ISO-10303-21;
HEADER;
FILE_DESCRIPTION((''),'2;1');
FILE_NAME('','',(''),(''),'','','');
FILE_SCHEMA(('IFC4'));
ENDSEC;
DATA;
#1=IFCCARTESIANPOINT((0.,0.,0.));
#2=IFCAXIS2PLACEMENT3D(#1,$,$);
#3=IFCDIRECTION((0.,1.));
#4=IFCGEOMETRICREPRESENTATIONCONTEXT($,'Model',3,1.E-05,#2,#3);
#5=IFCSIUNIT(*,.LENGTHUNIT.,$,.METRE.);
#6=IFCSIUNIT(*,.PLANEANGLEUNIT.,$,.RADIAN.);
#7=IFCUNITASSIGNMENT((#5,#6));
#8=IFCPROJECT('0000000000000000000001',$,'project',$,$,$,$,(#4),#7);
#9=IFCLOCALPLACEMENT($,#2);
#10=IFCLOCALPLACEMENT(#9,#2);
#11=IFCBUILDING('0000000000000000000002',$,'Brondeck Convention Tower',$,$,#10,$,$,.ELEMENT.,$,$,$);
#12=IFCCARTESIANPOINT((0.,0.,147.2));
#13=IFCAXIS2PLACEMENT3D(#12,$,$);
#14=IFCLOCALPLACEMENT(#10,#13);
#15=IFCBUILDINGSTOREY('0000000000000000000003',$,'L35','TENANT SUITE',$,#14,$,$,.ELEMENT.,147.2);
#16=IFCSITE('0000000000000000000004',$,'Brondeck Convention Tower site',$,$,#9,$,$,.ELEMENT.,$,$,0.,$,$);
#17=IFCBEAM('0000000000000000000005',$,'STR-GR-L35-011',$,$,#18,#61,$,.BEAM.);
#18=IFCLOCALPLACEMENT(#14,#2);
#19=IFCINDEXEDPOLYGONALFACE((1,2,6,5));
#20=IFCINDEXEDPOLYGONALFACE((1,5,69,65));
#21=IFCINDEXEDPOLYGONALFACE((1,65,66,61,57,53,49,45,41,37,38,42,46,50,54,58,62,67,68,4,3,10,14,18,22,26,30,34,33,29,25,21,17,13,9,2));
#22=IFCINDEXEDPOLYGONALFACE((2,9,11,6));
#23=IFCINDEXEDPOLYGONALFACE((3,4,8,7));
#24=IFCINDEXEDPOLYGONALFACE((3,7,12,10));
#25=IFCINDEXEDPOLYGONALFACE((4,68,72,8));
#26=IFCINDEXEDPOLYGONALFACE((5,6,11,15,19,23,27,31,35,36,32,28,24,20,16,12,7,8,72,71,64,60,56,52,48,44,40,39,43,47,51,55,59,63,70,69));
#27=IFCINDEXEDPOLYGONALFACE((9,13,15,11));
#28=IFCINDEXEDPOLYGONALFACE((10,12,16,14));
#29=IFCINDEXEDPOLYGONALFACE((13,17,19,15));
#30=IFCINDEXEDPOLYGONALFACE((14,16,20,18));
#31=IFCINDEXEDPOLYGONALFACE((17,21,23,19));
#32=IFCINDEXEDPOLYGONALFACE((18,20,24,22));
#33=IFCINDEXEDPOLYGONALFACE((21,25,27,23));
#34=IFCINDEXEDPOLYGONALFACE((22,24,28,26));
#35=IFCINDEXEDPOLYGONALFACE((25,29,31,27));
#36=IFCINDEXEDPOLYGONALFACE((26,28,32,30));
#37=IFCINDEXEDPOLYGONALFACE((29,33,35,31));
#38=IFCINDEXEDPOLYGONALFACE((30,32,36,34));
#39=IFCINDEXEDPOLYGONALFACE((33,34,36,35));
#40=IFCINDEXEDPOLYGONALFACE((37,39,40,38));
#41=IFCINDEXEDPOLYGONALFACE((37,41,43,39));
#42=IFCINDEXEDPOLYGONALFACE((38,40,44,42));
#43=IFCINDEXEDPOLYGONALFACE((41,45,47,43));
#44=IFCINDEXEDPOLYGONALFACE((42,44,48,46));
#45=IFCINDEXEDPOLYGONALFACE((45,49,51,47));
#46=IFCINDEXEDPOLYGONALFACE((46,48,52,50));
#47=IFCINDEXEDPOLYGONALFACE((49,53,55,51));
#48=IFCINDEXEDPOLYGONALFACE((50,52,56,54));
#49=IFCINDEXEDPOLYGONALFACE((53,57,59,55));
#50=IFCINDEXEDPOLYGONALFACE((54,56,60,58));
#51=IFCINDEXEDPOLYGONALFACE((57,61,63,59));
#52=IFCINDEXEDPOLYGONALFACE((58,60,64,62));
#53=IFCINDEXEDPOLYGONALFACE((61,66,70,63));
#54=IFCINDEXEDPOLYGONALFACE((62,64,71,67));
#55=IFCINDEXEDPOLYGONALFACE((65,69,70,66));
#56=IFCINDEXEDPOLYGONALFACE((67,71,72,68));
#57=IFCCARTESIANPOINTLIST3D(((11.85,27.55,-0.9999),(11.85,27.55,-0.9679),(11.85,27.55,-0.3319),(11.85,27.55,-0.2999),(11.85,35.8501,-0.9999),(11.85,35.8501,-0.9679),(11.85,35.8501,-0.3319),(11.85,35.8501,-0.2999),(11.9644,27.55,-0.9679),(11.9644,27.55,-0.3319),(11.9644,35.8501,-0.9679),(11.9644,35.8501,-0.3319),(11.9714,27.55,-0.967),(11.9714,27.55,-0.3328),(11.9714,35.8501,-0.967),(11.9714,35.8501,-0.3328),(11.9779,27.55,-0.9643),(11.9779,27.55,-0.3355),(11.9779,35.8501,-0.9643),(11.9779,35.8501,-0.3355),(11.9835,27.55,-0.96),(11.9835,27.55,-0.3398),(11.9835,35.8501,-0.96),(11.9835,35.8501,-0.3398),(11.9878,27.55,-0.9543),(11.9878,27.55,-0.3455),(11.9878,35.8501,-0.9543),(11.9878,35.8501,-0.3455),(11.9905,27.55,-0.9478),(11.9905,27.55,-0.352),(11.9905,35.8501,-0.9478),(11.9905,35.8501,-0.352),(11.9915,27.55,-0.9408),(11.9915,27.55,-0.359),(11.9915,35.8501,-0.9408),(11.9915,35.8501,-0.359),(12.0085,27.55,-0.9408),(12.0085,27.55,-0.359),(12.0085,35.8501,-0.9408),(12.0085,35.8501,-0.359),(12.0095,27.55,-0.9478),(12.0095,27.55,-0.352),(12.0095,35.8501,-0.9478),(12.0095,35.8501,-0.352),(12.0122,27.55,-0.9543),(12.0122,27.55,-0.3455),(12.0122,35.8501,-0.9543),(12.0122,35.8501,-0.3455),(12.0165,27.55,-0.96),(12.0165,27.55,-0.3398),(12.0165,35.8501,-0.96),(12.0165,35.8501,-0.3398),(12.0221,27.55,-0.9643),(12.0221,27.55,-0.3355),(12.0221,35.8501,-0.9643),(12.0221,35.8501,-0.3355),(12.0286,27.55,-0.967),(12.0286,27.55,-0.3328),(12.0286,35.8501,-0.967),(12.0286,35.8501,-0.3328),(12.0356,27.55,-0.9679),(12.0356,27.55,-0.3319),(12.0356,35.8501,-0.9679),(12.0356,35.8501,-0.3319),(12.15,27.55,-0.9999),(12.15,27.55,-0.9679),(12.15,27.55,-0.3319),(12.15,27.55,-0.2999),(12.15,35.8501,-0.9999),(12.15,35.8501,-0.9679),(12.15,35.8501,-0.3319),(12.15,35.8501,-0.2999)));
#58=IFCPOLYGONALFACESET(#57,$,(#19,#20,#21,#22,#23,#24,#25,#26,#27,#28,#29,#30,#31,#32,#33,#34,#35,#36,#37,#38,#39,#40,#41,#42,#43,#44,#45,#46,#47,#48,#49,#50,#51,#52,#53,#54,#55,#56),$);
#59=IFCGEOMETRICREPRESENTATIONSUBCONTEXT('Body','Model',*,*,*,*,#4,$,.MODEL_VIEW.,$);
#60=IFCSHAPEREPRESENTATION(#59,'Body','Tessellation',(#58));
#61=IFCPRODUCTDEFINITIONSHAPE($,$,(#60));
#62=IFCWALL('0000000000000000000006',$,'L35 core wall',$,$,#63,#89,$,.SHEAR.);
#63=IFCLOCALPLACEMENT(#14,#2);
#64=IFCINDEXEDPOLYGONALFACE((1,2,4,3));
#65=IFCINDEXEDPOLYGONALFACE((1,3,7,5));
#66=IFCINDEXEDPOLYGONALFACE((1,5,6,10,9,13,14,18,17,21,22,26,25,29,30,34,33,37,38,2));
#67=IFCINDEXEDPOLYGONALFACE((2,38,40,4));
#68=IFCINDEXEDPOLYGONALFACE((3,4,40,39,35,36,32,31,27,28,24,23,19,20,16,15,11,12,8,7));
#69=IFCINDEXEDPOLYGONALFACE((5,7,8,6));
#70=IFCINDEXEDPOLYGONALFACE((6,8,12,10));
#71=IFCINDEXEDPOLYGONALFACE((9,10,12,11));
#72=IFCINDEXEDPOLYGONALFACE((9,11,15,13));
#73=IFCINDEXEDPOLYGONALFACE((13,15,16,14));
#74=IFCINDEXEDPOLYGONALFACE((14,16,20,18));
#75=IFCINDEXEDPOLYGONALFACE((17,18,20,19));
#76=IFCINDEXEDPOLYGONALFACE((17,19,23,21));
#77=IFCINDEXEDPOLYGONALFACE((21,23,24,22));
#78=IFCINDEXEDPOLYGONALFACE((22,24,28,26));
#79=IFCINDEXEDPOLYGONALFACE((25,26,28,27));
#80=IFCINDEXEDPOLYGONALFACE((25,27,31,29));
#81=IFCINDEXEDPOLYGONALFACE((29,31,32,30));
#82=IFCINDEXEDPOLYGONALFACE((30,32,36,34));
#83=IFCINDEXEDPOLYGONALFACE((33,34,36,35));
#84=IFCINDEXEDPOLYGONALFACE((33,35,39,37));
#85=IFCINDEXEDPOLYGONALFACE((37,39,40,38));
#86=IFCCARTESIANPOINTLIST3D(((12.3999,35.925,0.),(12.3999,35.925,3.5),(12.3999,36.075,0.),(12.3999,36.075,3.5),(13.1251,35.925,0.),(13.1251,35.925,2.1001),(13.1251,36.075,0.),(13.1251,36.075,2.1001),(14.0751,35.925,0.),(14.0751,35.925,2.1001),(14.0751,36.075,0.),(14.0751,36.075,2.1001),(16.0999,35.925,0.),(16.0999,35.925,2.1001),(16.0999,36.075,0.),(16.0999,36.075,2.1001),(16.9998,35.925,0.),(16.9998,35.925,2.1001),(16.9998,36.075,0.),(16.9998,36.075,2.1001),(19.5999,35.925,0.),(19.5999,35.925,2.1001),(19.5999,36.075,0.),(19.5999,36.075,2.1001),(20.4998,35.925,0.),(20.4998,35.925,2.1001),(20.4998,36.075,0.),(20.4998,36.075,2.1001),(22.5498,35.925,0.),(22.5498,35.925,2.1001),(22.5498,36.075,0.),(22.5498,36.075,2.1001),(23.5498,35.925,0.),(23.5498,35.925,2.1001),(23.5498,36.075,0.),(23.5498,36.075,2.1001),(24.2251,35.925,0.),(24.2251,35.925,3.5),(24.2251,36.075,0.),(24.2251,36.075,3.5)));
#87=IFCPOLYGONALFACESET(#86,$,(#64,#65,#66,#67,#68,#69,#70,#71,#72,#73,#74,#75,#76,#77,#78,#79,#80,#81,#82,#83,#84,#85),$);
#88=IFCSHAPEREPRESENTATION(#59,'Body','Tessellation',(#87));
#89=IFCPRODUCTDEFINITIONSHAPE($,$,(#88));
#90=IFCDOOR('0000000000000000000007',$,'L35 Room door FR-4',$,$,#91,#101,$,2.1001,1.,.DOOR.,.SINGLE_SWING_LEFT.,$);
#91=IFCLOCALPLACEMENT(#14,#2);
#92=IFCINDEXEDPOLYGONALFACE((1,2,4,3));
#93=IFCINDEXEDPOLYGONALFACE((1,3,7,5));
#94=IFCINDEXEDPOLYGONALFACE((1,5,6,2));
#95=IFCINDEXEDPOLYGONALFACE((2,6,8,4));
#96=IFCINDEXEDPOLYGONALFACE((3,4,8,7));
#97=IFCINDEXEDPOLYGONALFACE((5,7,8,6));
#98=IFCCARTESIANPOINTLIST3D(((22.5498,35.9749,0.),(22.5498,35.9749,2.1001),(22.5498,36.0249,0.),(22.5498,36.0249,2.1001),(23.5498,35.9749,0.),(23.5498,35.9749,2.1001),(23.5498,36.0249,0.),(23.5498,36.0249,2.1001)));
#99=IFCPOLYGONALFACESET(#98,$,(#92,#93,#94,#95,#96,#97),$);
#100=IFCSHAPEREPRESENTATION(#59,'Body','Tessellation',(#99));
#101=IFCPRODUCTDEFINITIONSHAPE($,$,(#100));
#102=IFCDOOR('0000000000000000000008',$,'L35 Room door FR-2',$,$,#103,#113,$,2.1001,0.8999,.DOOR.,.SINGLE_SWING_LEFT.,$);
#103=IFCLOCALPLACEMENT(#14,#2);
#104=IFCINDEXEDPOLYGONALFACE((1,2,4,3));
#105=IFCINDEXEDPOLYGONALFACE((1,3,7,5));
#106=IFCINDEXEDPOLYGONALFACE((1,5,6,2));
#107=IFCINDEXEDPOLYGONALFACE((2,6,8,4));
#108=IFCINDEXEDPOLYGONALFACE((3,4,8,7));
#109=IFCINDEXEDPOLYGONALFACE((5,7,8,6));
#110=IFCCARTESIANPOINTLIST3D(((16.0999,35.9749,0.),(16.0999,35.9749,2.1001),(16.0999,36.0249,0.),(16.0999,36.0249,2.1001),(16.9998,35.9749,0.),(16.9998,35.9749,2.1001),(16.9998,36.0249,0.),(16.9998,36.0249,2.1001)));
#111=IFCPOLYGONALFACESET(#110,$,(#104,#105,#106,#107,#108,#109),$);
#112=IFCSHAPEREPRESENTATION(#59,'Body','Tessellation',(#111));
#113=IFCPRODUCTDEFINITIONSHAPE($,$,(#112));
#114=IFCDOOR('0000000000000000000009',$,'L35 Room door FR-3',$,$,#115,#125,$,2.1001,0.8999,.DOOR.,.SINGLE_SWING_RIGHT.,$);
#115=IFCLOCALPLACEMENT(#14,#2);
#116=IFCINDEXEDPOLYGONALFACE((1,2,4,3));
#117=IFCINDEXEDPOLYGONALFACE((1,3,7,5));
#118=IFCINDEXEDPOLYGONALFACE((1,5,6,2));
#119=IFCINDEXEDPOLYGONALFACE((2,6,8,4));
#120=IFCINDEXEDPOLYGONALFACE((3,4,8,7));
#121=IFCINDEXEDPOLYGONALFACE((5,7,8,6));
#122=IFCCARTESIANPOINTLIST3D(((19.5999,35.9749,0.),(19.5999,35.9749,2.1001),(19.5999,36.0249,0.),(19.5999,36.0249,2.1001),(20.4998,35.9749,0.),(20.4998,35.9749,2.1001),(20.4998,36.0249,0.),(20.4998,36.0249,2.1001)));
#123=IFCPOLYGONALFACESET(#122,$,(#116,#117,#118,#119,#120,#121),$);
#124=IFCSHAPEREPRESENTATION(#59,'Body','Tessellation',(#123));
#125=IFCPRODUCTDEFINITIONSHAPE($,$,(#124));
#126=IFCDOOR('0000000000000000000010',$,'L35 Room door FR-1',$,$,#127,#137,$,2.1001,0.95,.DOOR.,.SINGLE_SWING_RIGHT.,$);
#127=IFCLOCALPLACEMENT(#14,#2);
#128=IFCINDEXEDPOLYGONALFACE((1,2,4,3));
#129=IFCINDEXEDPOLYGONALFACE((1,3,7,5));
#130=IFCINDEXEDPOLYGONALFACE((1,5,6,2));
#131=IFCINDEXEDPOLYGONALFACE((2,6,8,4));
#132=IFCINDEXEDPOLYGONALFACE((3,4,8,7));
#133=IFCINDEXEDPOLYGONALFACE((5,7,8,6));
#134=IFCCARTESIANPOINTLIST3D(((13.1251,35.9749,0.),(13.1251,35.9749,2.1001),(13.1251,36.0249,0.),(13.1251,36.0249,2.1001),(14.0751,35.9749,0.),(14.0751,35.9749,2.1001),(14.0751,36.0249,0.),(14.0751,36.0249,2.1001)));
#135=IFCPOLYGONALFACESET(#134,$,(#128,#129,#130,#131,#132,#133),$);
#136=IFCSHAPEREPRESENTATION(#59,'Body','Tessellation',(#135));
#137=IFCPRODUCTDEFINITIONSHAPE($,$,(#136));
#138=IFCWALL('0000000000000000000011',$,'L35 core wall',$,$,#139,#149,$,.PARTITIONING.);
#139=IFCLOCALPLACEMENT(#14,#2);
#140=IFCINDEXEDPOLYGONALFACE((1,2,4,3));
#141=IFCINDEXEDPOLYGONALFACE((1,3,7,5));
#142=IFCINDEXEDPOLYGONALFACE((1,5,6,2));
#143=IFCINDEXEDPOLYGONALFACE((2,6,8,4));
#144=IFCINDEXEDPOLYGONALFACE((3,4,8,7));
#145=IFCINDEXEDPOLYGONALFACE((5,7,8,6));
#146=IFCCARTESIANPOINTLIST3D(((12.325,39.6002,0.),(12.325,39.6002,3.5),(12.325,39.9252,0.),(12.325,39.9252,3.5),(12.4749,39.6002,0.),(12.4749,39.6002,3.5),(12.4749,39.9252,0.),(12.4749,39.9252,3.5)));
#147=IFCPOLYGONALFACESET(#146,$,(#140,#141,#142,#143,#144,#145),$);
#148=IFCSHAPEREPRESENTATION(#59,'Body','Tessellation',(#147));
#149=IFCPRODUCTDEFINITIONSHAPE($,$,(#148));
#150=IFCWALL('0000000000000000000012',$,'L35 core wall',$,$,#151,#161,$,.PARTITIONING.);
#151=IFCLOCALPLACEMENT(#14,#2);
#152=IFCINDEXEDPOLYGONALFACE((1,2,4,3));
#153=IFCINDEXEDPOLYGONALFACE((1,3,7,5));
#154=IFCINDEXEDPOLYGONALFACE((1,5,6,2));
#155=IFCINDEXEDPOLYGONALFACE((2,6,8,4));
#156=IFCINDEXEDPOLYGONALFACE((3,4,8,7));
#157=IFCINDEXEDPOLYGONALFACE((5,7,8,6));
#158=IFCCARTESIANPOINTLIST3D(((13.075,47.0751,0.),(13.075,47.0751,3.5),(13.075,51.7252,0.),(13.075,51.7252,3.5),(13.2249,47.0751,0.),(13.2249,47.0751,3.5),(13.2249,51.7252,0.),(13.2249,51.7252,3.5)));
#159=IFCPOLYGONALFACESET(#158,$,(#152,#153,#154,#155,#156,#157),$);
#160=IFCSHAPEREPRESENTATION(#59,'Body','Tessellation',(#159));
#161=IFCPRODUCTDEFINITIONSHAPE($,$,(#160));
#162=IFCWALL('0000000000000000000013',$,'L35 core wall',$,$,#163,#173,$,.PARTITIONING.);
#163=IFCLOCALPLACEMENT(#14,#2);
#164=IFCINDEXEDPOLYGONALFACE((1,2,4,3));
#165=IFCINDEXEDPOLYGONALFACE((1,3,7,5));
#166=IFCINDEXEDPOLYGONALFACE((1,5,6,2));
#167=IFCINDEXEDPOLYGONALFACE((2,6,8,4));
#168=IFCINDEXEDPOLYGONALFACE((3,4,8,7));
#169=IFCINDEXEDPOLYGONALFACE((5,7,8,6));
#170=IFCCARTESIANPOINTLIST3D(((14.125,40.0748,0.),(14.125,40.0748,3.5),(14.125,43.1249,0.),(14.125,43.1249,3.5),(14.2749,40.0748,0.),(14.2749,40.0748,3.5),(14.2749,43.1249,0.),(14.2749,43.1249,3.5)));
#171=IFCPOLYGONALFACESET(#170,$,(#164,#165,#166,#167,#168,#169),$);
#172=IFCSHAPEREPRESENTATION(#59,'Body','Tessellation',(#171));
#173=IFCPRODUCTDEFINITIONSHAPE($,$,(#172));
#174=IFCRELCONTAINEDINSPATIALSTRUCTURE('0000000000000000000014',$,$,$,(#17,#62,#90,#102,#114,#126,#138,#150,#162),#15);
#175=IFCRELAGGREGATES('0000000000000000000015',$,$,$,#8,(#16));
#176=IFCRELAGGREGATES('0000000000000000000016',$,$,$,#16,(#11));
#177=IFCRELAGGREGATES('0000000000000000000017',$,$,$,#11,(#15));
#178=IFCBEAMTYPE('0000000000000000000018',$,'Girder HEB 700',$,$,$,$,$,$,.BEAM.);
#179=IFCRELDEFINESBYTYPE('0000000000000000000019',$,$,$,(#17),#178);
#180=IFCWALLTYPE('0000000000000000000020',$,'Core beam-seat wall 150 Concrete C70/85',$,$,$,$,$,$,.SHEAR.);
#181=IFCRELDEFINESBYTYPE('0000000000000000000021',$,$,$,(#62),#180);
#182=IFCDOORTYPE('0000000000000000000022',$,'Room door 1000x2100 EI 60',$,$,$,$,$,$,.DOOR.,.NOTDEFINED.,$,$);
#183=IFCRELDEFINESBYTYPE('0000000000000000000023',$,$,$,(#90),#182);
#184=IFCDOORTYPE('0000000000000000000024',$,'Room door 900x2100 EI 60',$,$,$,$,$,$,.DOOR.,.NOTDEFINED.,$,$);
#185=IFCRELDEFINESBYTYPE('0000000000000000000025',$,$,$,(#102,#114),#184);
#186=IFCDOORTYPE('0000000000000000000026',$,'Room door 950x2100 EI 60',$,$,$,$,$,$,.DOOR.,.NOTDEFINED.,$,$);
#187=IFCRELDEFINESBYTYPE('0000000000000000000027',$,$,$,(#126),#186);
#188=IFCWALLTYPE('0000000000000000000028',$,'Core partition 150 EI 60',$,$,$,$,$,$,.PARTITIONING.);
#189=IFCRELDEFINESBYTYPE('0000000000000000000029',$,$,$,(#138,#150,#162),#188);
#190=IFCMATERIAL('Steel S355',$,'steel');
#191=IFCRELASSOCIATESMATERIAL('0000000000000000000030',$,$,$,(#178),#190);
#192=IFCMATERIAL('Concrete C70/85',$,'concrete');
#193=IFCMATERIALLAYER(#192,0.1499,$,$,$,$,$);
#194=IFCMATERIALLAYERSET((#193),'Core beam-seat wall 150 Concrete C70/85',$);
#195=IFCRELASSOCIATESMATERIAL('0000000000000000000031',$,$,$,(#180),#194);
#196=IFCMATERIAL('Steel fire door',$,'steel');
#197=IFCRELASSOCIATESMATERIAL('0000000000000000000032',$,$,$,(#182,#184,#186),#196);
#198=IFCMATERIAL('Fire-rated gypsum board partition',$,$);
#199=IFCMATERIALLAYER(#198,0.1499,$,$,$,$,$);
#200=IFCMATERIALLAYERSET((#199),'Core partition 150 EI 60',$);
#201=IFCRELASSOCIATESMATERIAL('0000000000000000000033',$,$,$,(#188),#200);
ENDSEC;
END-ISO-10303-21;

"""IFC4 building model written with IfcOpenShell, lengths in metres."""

from ifc_helpers import new_model, si_unit, direction, frame, frame_2d, origin, origin_2d, place, context, subcontext, project, spatial, rectangle, i_section, extrude, material, layer, layer_set, material_profile, profile_set, type_object, element, fill, save


model = new_model("IFC4")

# Units and contexts
model_context = context("Model", 3, precision=1e-05, world=origin(), true_north=direction((0.0, 1.0)))
body_context = subcontext(model_context, "Body", "Model", "MODEL_VIEW")
ifc_project = project(units=[si_unit("LENGTHUNIT", "METRE"), si_unit("PLANEANGLEUNIT", "RADIAN")], contexts=[model_context])

# Site, building, storey
site_placement = place(None, origin())
site = spatial("IfcSite", under=ifc_project, at=site_placement, Name="Brondeck Convention Tower site", CompositionType="ELEMENT", RefElevation=0.0)
building_placement = place(site_placement, origin())
building = spatial("IfcBuilding", under=site, at=building_placement, Name="Brondeck Convention Tower", CompositionType="ELEMENT")
storey_placement = place(building_placement, frame((0.0, 0.0, 147.2)))
storey = spatial("IfcBuildingStorey", under=building, at=storey_placement, Name="L35", Description="TENANT SUITE", CompositionType="ELEMENT", Elevation=147.2)

# Beam
ifc_material_1 = material(Name="Steel S355", Category="steel")
ifc_material_profile = material_profile(ifc_material_1, i_section(OverallWidth=0.3, OverallDepth=0.7, WebThickness=0.0171, FlangeThickness=0.032, FilletRadius=0.0271, at=origin_2d()), Name="HEB 700")
ifc_profile_set = profile_set([ifc_material_profile], Name="Steel S355")
beam_type = type_object("IfcBeamType", Name="Girder HEB 700", PredefinedType="BEAM", material=ifc_profile_set)
beam_placement = place(storey_placement, frame((12.0, 35.8501, -0.6499), z_axis=(0.0, -1.0, 0.0), x_axis=(1.0, 0.0, 0.0)))
element("IfcBeam", 1, at=beam_placement, inside=storey, type_object=beam_type, Name="STR-GR-L35-011", PredefinedType="BEAM", context=body_context, shape_type="SweptSolid", body=[
    extrude(i_section(OverallWidth=0.3, OverallDepth=0.7, WebThickness=0.0171, FlangeThickness=0.032, FilletRadius=0.0271, at=origin_2d()), origin(), (0.0, 0.0, 1.0), 8.3),
])

# Wall, openings, doors
ifc_material_2 = material(Name="Concrete C70/85", Category="concrete")
ifc_layer_1 = layer(ifc_material_2, 0.1499)
ifc_layer_set_1 = layer_set([ifc_layer_1], Name="Core beam-seat wall 150 Concrete C70/85")
wall_type_1 = type_object("IfcWallType", Name="Core beam-seat wall 150 Concrete C70/85", PredefinedType="SHEAR", material=ifc_layer_set_1)
wall_1_placement = place(storey_placement, frame((12.3999, 36.0, 0.0), z_axis=(0.0, 0.0, 1.0), x_axis=(1.0, 0.0, 0.0)))
wall_1 = element("IfcWall", 2, at=wall_1_placement, inside=storey, type_object=wall_type_1, Name="L35 core wall", PredefinedType="SHEAR", context=body_context, shape_type="SweptSolid", body=[
    extrude(rectangle(XDim=11.8252, YDim=0.1499, at=frame_2d((5.9126, 0.0))), origin(), (0.0, 0.0, 1.0), 3.5),
])
opening_1_placement = place(wall_1_placement, frame((0.7251, 0.0, 0.0)))
opening_1 = element("IfcOpeningElement", 3, at=opening_1_placement, cuts=wall_1, PredefinedType="OPENING", context=body_context, shape_type="SweptSolid", body=[
    extrude(rectangle(XDim=0.95, YDim=2.1001, at=frame_2d((0.4751, 1.05))), frame((0.0, 0.085, 0.0), z_axis=(0.0, -1.0, 0.0), x_axis=(1.0, 0.0, 0.0)), (0.0, 0.0, 1.0), 0.1699),
])
opening_2_placement = place(wall_1_placement, frame((3.7, 0.0, 0.0)))
opening_2 = element("IfcOpeningElement", 4, at=opening_2_placement, cuts=wall_1, PredefinedType="OPENING", context=body_context, shape_type="SweptSolid", body=[
    extrude(rectangle(XDim=0.8999, YDim=2.1001, at=frame_2d((0.45, 1.05))), frame((0.0, 0.085, 0.0), z_axis=(0.0, -1.0, 0.0), x_axis=(1.0, 0.0, 0.0)), (0.0, 0.0, 1.0), 0.1699),
])
opening_3_placement = place(wall_1_placement, frame((7.2, 0.0, 0.0)))
opening_3 = element("IfcOpeningElement", 5, at=opening_3_placement, cuts=wall_1, PredefinedType="OPENING", context=body_context, shape_type="SweptSolid", body=[
    extrude(rectangle(XDim=0.8999, YDim=2.1001, at=frame_2d((0.45, 1.05))), frame((0.0, 0.085, 0.0), z_axis=(0.0, -1.0, 0.0), x_axis=(1.0, 0.0, 0.0)), (0.0, 0.0, 1.0), 0.1699),
])
opening_4_placement = place(wall_1_placement, frame((10.1499, 0.0, 0.0)))
opening_4 = element("IfcOpeningElement", 6, at=opening_4_placement, cuts=wall_1, PredefinedType="OPENING", context=body_context, shape_type="SweptSolid", body=[
    extrude(rectangle(XDim=1.0, YDim=2.1001, at=frame_2d((0.5, 1.05))), frame((0.0, 0.085, 0.0), z_axis=(0.0, -1.0, 0.0), x_axis=(1.0, 0.0, 0.0)), (0.0, 0.0, 1.0), 0.1699),
])
ifc_material_3 = material(Name="Steel fire door", Category="steel")
door_type_1 = type_object("IfcDoorType", Name="Room door 1000x2100 EI 60", OperationType="NOTDEFINED", PredefinedType="DOOR", material=ifc_material_3)
door_1_placement = place(opening_4_placement, origin())
door_1 = element("IfcDoor", 7, at=door_1_placement, inside=storey, type_object=door_type_1, Name="L35 Room door FR-4", OperationType="SINGLE_SWING_LEFT", OverallHeight=2.1001, OverallWidth=1.0, PredefinedType="DOOR", context=body_context, shape_type="SweptSolid", body=[
    extrude(rectangle(XDim=1.0, YDim=2.1001, at=frame_2d((0.5, 1.05))), frame((0.0, 0.0249, 0.0), z_axis=(0.0, -1.0, 0.0), x_axis=(1.0, 0.0, 0.0)), (0.0, 0.0, 1.0), 0.05),
])
fill(opening_4, door_1)
door_type_2 = type_object("IfcDoorType", Name="Room door 900x2100 EI 60", OperationType="NOTDEFINED", PredefinedType="DOOR", material=ifc_material_3)
door_2_placement = place(opening_2_placement, origin())
door_2 = element("IfcDoor", 8, at=door_2_placement, inside=storey, type_object=door_type_2, Name="L35 Room door FR-2", OperationType="SINGLE_SWING_LEFT", OverallHeight=2.1001, OverallWidth=0.8999, PredefinedType="DOOR", context=body_context, shape_type="SweptSolid", body=[
    extrude(rectangle(XDim=0.8999, YDim=2.1001, at=frame_2d((0.45, 1.05))), frame((0.0, 0.0249, 0.0), z_axis=(0.0, -1.0, 0.0), x_axis=(1.0, 0.0, 0.0)), (0.0, 0.0, 1.0), 0.05),
])
fill(opening_2, door_2)
door_3_placement = place(opening_3_placement, origin())
door_3 = element("IfcDoor", 9, at=door_3_placement, inside=storey, type_object=door_type_2, Name="L35 Room door FR-3", OperationType="SINGLE_SWING_RIGHT", OverallHeight=2.1001, OverallWidth=0.8999, PredefinedType="DOOR", context=body_context, shape_type="SweptSolid", body=[
    extrude(rectangle(XDim=0.8999, YDim=2.1001, at=frame_2d((0.45, 1.05))), frame((0.0, 0.0249, 0.0), z_axis=(0.0, -1.0, 0.0), x_axis=(1.0, 0.0, 0.0)), (0.0, 0.0, 1.0), 0.05),
])
fill(opening_3, door_3)
door_type_3 = type_object("IfcDoorType", Name="Room door 950x2100 EI 60", OperationType="NOTDEFINED", PredefinedType="DOOR", material=ifc_material_3)
door_4_placement = place(opening_1_placement, origin())
door_4 = element("IfcDoor", 10, at=door_4_placement, inside=storey, type_object=door_type_3, Name="L35 Room door FR-1", OperationType="SINGLE_SWING_RIGHT", OverallHeight=2.1001, OverallWidth=0.95, PredefinedType="DOOR", context=body_context, shape_type="SweptSolid", body=[
    extrude(rectangle(XDim=0.95, YDim=2.1001, at=frame_2d((0.4751, 1.05))), frame((0.0, 0.0249, 0.0), z_axis=(0.0, -1.0, 0.0), x_axis=(1.0, 0.0, 0.0)), (0.0, 0.0, 1.0), 0.05),
])
fill(opening_1, door_4)

# Walls
ifc_material_4 = material(Name="Fire-rated gypsum board partition")
ifc_layer_2 = layer(ifc_material_4, 0.1499)
ifc_layer_set_2 = layer_set([ifc_layer_2], Name="Core partition 150 EI 60")
wall_type_2 = type_object("IfcWallType", Name="Core partition 150 EI 60", PredefinedType="PARTITIONING", material=ifc_layer_set_2)
wall_2_placement = place(storey_placement, frame((12.3999, 39.6001, 0.0), z_axis=(0.0, 0.0, 1.0), x_axis=(0.0, 1.0, 0.0)))
element("IfcWall", 11, at=wall_2_placement, inside=storey, type_object=wall_type_2, Name="L35 core wall", PredefinedType="PARTITIONING", context=body_context, shape_type="SweptSolid", body=[
    extrude(rectangle(XDim=0.325, YDim=0.1499, at=frame_2d((0.1626, 0.0))), origin(), (0.0, 0.0, 1.0), 3.5),
])
wall_3_placement = place(storey_placement, frame((13.1499, 47.075, 0.0), z_axis=(0.0, 0.0, 1.0), x_axis=(0.0, 1.0, 0.0)))
element("IfcWall", 12, at=wall_3_placement, inside=storey, type_object=wall_type_2, Name="L35 core wall", PredefinedType="PARTITIONING", context=body_context, shape_type="SweptSolid", body=[
    extrude(rectangle(XDim=4.6501, YDim=0.1499, at=frame_2d((2.3252, 0.0))), origin(), (0.0, 0.0, 1.0), 3.5),
])
wall_4_placement = place(storey_placement, frame((14.2, 40.075, 0.0), z_axis=(0.0, 0.0, 1.0), x_axis=(0.0, 1.0, 0.0)))
element("IfcWall", 13, at=wall_4_placement, inside=storey, type_object=wall_type_2, Name="L35 core wall", PredefinedType="PARTITIONING", context=body_context, shape_type="SweptSolid", body=[
    extrude(rectangle(XDim=3.05, YDim=0.1499, at=frame_2d((1.5249, 0.0))), origin(), (0.0, 0.0, 1.0), 3.5),
])

save(model, "model.ifc")
